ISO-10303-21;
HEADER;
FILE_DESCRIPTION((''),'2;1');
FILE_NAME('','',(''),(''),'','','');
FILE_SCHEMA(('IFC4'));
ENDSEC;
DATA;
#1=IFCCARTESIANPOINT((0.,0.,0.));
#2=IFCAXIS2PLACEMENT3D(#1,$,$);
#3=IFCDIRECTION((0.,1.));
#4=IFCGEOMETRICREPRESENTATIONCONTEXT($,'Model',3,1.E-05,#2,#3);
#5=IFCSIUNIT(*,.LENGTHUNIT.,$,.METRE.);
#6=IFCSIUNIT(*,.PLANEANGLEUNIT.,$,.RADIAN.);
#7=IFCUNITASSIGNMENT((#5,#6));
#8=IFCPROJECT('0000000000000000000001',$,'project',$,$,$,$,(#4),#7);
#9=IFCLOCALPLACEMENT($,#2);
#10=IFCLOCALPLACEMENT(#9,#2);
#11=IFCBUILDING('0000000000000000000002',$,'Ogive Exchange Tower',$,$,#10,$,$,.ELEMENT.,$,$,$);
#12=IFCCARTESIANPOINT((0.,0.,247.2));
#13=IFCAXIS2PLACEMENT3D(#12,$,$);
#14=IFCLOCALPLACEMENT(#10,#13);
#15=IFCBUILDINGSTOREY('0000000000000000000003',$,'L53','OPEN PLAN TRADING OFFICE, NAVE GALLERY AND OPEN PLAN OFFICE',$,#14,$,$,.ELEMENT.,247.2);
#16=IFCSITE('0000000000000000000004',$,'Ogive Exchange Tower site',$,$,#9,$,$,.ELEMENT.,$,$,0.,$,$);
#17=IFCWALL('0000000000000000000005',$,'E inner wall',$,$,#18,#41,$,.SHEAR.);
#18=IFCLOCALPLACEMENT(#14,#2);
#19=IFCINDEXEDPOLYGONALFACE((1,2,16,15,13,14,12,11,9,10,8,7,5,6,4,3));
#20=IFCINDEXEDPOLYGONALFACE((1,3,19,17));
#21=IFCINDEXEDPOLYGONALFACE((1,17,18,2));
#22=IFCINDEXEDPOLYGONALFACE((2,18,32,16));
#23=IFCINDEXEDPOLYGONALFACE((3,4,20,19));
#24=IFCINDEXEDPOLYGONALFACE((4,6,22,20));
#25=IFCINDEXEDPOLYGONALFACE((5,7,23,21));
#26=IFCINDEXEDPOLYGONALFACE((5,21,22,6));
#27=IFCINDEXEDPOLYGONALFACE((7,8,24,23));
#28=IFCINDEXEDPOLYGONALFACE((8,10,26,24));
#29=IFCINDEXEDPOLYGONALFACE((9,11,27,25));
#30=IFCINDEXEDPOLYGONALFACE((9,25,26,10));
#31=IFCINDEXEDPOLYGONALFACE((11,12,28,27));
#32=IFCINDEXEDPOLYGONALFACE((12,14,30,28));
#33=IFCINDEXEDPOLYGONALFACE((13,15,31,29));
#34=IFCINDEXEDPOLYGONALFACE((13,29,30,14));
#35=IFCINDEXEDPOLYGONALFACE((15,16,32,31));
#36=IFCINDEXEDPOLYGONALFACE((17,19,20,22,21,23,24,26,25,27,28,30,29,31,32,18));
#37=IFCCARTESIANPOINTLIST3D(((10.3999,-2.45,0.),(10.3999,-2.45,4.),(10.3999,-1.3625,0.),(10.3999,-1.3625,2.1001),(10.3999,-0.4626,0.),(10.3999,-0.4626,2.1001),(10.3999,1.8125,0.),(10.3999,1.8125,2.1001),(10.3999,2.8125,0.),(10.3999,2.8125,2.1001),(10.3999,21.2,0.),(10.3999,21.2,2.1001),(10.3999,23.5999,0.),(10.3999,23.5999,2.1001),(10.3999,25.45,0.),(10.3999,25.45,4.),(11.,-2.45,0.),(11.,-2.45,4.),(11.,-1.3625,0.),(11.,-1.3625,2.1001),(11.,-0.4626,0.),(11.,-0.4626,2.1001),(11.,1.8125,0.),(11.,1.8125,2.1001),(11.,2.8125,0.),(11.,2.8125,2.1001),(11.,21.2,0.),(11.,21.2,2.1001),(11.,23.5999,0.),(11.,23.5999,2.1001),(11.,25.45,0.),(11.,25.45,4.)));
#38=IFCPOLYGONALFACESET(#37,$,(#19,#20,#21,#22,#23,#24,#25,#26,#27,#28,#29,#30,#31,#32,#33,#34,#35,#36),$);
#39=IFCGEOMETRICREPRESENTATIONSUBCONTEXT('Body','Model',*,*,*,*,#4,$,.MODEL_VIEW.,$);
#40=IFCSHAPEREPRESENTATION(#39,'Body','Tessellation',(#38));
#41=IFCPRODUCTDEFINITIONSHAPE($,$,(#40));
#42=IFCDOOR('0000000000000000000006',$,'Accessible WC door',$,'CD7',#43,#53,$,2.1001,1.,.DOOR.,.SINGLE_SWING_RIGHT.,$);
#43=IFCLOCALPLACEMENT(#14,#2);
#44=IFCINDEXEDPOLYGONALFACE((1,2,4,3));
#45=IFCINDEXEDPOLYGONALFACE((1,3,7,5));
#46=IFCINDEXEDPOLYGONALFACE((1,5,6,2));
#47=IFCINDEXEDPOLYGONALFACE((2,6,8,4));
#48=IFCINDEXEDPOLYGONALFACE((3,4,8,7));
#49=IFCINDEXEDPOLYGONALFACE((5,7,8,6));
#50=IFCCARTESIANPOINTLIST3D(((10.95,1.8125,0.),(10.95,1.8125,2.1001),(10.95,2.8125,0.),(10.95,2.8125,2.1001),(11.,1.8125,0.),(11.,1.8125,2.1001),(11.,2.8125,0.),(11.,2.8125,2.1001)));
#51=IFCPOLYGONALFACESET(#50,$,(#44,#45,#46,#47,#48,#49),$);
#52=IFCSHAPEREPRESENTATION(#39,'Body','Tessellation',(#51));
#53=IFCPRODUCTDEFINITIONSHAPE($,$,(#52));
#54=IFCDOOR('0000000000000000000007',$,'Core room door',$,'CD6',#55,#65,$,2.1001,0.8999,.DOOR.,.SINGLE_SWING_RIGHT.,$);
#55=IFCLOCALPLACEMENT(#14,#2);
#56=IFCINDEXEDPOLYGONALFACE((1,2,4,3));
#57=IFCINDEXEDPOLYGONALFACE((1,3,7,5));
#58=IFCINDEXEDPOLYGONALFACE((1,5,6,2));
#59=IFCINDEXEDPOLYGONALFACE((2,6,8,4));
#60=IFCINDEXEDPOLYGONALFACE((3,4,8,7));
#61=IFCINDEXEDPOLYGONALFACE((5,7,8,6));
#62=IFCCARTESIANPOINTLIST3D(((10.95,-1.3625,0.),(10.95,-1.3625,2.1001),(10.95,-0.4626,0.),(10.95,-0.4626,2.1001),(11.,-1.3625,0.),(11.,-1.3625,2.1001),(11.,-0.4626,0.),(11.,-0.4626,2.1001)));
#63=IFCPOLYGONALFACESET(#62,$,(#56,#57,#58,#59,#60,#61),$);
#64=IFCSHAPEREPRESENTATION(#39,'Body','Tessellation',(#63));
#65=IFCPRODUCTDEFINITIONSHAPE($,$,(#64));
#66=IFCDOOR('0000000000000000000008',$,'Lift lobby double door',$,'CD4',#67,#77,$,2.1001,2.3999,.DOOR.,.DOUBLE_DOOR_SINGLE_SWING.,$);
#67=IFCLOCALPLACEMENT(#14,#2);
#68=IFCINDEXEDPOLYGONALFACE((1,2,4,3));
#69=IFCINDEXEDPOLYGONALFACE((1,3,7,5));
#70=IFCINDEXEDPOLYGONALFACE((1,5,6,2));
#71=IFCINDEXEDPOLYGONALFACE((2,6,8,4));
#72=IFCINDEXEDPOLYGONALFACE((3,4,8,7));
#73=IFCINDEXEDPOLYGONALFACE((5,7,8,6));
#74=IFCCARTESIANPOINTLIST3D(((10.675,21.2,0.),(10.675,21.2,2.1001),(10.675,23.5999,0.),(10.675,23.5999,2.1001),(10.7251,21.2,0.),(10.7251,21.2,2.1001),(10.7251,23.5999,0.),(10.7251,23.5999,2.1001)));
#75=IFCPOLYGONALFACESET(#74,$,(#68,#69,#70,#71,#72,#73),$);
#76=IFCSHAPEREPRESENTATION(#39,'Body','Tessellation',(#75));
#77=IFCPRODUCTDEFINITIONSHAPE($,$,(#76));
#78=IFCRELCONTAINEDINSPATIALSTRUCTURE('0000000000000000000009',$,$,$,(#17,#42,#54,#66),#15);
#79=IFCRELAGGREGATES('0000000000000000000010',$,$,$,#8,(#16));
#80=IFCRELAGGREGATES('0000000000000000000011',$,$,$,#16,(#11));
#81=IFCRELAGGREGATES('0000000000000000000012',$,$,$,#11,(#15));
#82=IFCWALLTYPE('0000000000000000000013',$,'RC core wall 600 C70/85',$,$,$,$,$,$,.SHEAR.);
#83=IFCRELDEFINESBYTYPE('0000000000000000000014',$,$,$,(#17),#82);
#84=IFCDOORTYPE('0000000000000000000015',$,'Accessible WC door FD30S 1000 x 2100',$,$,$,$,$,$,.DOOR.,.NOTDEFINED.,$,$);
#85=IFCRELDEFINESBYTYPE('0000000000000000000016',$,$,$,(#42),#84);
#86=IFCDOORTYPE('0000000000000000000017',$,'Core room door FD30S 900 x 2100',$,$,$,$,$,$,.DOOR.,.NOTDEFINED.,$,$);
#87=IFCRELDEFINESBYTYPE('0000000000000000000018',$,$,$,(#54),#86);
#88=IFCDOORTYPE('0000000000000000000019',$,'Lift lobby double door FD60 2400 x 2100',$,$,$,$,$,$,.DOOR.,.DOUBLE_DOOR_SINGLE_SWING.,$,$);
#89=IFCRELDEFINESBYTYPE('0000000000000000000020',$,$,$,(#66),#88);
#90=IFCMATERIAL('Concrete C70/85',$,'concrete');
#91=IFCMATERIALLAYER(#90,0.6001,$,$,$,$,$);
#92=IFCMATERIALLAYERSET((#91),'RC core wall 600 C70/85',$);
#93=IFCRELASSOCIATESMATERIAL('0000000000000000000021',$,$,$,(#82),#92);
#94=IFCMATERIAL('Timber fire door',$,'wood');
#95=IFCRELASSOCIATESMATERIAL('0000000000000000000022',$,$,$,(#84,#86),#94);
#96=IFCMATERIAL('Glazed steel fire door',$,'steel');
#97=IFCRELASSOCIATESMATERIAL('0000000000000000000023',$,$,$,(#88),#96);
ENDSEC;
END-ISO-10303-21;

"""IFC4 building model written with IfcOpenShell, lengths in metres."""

from ifc_helpers import new_model, si_unit, direction, frame, frame_2d, origin, place, context, subcontext, project, spatial, rectangle, extrude, material, layer, layer_set, type_object, element, fill, save


model = new_model("IFC4")

# Units and contexts
model_context = context("Model", 3, precision=1e-05, world=origin(), true_north=direction((0.0, 1.0)))
body_context = subcontext(model_context, "Body", "Model", "MODEL_VIEW")
ifc_project = project(units=[si_unit("LENGTHUNIT", "METRE"), si_unit("PLANEANGLEUNIT", "RADIAN")], contexts=[model_context])

# Site, building, storey
site_placement = place(None, origin())
site = spatial("IfcSite", under=ifc_project, at=site_placement, Name="Ogive Exchange Tower site", CompositionType="ELEMENT", RefElevation=0.0)
building_placement = place(site_placement, origin())
building = spatial("IfcBuilding", under=site, at=building_placement, Name="Ogive Exchange Tower", CompositionType="ELEMENT")
storey_placement = place(building_placement, frame((0.0, 0.0, 247.2)))
storey = spatial("IfcBuildingStorey", under=building, at=storey_placement, Name="L53", Description="OPEN PLAN TRADING OFFICE, NAVE GALLERY AND OPEN PLAN OFFICE", CompositionType="ELEMENT", Elevation=247.2)

# Shared definitions
ifc_material_1 = material(Name="Concrete C70/85", Category="concrete")

# Wall, openings, doors
ifc_layer_1 = layer(ifc_material_1, 0.6001)
ifc_layer_set_1 = layer_set([ifc_layer_1], Name="RC core wall 600 C70/85")
wall_type_1 = type_object("IfcWallType", Name="RC core wall 600 C70/85", PredefinedType="SHEAR", material=ifc_layer_set_1)
wall_1_placement = place(storey_placement, frame((10.7, -2.45, 0.0), z_axis=(0.0, 0.0, 1.0), x_axis=(0.0, 1.0, 0.0)))
wall_1 = element("IfcWall", 1, at=wall_1_placement, inside=storey, type_object=wall_type_1, Name="E inner wall", PredefinedType="SHEAR", context=body_context, shape_type="SweptSolid", body=[
    extrude(rectangle(XDim=27.8999, YDim=0.6001, at=frame_2d((13.95, 0.0))), origin(), (0.0, 0.0, 1.0), 4.0),
])
opening_1_placement = place(wall_1_placement, frame((23.6499, 0.0, 0.0)))
opening_1 = element("IfcOpeningElement", 2, at=opening_1_placement, cuts=wall_1, PredefinedType="OPENING", context=body_context, shape_type="SweptSolid", body=[
    extrude(rectangle(XDim=2.3999, YDim=2.1001, at=frame_2d((1.2, 1.05))), frame((0.0, 0.3101, 0.0), z_axis=(0.0, -1.0, 0.0), x_axis=(1.0, 0.0, 0.0)), (0.0, 0.0, 1.0), 0.6201),
])
opening_2_placement = place(wall_1_placement, frame((1.0874, 0.0, 0.0)))
opening_2 = element("IfcOpeningElement", 3, at=opening_2_placement, cuts=wall_1, PredefinedType="OPENING", context=body_context, shape_type="SweptSolid", body=[
    extrude(rectangle(XDim=0.8999, YDim=2.1001, at=frame_2d((0.45, 1.05))), frame((0.0, 0.3101, 0.0), z_axis=(0.0, -1.0, 0.0), x_axis=(1.0, 0.0, 0.0)), (0.0, 0.0, 1.0), 0.6201),
])
opening_3_placement = place(wall_1_placement, frame((4.2625, 0.0, 0.0)))
opening_3 = element("IfcOpeningElement", 4, at=opening_3_placement, cuts=wall_1, PredefinedType="OPENING", context=body_context, shape_type="SweptSolid", body=[
    extrude(rectangle(XDim=1.0, YDim=2.1001, at=frame_2d((0.5, 1.05))), frame((0.0, 0.3101, 0.0), z_axis=(0.0, -1.0, 0.0), x_axis=(1.0, 0.0, 0.0)), (0.0, 0.0, 1.0), 0.6201),
])
ifc_material_2 = material(Name="Timber fire door", Category="wood")
door_type_1 = type_object("IfcDoorType", Name="Accessible WC door FD30S 1000 x 2100", OperationType="NOTDEFINED", PredefinedType="DOOR", material=ifc_material_2)
door_1_placement = place(opening_3_placement, origin())
door_1 = element("IfcDoor", 5, at=door_1_placement, inside=storey, type_object=door_type_1, Name="Accessible WC door", ObjectType="CD7", OperationType="SINGLE_SWING_RIGHT", OverallHeight=2.1001, OverallWidth=1.0, PredefinedType="DOOR", context=body_context, shape_type="SweptSolid", body=[
    extrude(rectangle(XDim=1.0, YDim=2.1001, at=frame_2d((0.5, 1.05))), frame((0.0, -0.25, 0.0), z_axis=(0.0, -1.0, 0.0), x_axis=(1.0, 0.0, 0.0)), (0.0, 0.0, 1.0), 0.05),
])
fill(opening_3, door_1)
door_type_2 = type_object("IfcDoorType", Name="Core room door FD30S 900 x 2100", OperationType="NOTDEFINED", PredefinedType="DOOR", material=ifc_material_2)
door_2_placement = place(opening_2_placement, origin())
door_2 = element("IfcDoor", 6, at=door_2_placement, inside=storey, type_object=door_type_2, Name="Core room door", ObjectType="CD6", OperationType="SINGLE_SWING_RIGHT", OverallHeight=2.1001, OverallWidth=0.8999, PredefinedType="DOOR", context=body_context, shape_type="SweptSolid", body=[
    extrude(rectangle(XDim=0.8999, YDim=2.1001, at=frame_2d((0.45, 1.05))), frame((0.0, -0.25, 0.0), z_axis=(0.0, -1.0, 0.0), x_axis=(1.0, 0.0, 0.0)), (0.0, 0.0, 1.0), 0.05),
])
fill(opening_2, door_2)
ifc_material_3 = material(Name="Glazed steel fire door", Category="steel")
door_type_3 = type_object("IfcDoorType", Name="Lift lobby double door FD60 2400 x 2100", OperationType="DOUBLE_DOOR_SINGLE_SWING", PredefinedType="DOOR", material=ifc_material_3)
door_3_placement = place(opening_1_placement, origin())
door_3 = element("IfcDoor", 7, at=door_3_placement, inside=storey, type_object=door_type_3, Name="Lift lobby double door", ObjectType="CD4", OperationType="DOUBLE_DOOR_SINGLE_SWING", OverallHeight=2.1001, OverallWidth=2.3999, PredefinedType="DOOR", context=body_context, shape_type="SweptSolid", body=[
    extrude(rectangle(XDim=2.3999, YDim=2.1001, at=frame_2d((1.2, 1.05))), frame((0.0, 0.0249, 0.0), z_axis=(0.0, -1.0, 0.0), x_axis=(1.0, 0.0, 0.0)), (0.0, 0.0, 1.0), 0.05),
])
fill(opening_1, door_3)

save(model, "model.ifc")
